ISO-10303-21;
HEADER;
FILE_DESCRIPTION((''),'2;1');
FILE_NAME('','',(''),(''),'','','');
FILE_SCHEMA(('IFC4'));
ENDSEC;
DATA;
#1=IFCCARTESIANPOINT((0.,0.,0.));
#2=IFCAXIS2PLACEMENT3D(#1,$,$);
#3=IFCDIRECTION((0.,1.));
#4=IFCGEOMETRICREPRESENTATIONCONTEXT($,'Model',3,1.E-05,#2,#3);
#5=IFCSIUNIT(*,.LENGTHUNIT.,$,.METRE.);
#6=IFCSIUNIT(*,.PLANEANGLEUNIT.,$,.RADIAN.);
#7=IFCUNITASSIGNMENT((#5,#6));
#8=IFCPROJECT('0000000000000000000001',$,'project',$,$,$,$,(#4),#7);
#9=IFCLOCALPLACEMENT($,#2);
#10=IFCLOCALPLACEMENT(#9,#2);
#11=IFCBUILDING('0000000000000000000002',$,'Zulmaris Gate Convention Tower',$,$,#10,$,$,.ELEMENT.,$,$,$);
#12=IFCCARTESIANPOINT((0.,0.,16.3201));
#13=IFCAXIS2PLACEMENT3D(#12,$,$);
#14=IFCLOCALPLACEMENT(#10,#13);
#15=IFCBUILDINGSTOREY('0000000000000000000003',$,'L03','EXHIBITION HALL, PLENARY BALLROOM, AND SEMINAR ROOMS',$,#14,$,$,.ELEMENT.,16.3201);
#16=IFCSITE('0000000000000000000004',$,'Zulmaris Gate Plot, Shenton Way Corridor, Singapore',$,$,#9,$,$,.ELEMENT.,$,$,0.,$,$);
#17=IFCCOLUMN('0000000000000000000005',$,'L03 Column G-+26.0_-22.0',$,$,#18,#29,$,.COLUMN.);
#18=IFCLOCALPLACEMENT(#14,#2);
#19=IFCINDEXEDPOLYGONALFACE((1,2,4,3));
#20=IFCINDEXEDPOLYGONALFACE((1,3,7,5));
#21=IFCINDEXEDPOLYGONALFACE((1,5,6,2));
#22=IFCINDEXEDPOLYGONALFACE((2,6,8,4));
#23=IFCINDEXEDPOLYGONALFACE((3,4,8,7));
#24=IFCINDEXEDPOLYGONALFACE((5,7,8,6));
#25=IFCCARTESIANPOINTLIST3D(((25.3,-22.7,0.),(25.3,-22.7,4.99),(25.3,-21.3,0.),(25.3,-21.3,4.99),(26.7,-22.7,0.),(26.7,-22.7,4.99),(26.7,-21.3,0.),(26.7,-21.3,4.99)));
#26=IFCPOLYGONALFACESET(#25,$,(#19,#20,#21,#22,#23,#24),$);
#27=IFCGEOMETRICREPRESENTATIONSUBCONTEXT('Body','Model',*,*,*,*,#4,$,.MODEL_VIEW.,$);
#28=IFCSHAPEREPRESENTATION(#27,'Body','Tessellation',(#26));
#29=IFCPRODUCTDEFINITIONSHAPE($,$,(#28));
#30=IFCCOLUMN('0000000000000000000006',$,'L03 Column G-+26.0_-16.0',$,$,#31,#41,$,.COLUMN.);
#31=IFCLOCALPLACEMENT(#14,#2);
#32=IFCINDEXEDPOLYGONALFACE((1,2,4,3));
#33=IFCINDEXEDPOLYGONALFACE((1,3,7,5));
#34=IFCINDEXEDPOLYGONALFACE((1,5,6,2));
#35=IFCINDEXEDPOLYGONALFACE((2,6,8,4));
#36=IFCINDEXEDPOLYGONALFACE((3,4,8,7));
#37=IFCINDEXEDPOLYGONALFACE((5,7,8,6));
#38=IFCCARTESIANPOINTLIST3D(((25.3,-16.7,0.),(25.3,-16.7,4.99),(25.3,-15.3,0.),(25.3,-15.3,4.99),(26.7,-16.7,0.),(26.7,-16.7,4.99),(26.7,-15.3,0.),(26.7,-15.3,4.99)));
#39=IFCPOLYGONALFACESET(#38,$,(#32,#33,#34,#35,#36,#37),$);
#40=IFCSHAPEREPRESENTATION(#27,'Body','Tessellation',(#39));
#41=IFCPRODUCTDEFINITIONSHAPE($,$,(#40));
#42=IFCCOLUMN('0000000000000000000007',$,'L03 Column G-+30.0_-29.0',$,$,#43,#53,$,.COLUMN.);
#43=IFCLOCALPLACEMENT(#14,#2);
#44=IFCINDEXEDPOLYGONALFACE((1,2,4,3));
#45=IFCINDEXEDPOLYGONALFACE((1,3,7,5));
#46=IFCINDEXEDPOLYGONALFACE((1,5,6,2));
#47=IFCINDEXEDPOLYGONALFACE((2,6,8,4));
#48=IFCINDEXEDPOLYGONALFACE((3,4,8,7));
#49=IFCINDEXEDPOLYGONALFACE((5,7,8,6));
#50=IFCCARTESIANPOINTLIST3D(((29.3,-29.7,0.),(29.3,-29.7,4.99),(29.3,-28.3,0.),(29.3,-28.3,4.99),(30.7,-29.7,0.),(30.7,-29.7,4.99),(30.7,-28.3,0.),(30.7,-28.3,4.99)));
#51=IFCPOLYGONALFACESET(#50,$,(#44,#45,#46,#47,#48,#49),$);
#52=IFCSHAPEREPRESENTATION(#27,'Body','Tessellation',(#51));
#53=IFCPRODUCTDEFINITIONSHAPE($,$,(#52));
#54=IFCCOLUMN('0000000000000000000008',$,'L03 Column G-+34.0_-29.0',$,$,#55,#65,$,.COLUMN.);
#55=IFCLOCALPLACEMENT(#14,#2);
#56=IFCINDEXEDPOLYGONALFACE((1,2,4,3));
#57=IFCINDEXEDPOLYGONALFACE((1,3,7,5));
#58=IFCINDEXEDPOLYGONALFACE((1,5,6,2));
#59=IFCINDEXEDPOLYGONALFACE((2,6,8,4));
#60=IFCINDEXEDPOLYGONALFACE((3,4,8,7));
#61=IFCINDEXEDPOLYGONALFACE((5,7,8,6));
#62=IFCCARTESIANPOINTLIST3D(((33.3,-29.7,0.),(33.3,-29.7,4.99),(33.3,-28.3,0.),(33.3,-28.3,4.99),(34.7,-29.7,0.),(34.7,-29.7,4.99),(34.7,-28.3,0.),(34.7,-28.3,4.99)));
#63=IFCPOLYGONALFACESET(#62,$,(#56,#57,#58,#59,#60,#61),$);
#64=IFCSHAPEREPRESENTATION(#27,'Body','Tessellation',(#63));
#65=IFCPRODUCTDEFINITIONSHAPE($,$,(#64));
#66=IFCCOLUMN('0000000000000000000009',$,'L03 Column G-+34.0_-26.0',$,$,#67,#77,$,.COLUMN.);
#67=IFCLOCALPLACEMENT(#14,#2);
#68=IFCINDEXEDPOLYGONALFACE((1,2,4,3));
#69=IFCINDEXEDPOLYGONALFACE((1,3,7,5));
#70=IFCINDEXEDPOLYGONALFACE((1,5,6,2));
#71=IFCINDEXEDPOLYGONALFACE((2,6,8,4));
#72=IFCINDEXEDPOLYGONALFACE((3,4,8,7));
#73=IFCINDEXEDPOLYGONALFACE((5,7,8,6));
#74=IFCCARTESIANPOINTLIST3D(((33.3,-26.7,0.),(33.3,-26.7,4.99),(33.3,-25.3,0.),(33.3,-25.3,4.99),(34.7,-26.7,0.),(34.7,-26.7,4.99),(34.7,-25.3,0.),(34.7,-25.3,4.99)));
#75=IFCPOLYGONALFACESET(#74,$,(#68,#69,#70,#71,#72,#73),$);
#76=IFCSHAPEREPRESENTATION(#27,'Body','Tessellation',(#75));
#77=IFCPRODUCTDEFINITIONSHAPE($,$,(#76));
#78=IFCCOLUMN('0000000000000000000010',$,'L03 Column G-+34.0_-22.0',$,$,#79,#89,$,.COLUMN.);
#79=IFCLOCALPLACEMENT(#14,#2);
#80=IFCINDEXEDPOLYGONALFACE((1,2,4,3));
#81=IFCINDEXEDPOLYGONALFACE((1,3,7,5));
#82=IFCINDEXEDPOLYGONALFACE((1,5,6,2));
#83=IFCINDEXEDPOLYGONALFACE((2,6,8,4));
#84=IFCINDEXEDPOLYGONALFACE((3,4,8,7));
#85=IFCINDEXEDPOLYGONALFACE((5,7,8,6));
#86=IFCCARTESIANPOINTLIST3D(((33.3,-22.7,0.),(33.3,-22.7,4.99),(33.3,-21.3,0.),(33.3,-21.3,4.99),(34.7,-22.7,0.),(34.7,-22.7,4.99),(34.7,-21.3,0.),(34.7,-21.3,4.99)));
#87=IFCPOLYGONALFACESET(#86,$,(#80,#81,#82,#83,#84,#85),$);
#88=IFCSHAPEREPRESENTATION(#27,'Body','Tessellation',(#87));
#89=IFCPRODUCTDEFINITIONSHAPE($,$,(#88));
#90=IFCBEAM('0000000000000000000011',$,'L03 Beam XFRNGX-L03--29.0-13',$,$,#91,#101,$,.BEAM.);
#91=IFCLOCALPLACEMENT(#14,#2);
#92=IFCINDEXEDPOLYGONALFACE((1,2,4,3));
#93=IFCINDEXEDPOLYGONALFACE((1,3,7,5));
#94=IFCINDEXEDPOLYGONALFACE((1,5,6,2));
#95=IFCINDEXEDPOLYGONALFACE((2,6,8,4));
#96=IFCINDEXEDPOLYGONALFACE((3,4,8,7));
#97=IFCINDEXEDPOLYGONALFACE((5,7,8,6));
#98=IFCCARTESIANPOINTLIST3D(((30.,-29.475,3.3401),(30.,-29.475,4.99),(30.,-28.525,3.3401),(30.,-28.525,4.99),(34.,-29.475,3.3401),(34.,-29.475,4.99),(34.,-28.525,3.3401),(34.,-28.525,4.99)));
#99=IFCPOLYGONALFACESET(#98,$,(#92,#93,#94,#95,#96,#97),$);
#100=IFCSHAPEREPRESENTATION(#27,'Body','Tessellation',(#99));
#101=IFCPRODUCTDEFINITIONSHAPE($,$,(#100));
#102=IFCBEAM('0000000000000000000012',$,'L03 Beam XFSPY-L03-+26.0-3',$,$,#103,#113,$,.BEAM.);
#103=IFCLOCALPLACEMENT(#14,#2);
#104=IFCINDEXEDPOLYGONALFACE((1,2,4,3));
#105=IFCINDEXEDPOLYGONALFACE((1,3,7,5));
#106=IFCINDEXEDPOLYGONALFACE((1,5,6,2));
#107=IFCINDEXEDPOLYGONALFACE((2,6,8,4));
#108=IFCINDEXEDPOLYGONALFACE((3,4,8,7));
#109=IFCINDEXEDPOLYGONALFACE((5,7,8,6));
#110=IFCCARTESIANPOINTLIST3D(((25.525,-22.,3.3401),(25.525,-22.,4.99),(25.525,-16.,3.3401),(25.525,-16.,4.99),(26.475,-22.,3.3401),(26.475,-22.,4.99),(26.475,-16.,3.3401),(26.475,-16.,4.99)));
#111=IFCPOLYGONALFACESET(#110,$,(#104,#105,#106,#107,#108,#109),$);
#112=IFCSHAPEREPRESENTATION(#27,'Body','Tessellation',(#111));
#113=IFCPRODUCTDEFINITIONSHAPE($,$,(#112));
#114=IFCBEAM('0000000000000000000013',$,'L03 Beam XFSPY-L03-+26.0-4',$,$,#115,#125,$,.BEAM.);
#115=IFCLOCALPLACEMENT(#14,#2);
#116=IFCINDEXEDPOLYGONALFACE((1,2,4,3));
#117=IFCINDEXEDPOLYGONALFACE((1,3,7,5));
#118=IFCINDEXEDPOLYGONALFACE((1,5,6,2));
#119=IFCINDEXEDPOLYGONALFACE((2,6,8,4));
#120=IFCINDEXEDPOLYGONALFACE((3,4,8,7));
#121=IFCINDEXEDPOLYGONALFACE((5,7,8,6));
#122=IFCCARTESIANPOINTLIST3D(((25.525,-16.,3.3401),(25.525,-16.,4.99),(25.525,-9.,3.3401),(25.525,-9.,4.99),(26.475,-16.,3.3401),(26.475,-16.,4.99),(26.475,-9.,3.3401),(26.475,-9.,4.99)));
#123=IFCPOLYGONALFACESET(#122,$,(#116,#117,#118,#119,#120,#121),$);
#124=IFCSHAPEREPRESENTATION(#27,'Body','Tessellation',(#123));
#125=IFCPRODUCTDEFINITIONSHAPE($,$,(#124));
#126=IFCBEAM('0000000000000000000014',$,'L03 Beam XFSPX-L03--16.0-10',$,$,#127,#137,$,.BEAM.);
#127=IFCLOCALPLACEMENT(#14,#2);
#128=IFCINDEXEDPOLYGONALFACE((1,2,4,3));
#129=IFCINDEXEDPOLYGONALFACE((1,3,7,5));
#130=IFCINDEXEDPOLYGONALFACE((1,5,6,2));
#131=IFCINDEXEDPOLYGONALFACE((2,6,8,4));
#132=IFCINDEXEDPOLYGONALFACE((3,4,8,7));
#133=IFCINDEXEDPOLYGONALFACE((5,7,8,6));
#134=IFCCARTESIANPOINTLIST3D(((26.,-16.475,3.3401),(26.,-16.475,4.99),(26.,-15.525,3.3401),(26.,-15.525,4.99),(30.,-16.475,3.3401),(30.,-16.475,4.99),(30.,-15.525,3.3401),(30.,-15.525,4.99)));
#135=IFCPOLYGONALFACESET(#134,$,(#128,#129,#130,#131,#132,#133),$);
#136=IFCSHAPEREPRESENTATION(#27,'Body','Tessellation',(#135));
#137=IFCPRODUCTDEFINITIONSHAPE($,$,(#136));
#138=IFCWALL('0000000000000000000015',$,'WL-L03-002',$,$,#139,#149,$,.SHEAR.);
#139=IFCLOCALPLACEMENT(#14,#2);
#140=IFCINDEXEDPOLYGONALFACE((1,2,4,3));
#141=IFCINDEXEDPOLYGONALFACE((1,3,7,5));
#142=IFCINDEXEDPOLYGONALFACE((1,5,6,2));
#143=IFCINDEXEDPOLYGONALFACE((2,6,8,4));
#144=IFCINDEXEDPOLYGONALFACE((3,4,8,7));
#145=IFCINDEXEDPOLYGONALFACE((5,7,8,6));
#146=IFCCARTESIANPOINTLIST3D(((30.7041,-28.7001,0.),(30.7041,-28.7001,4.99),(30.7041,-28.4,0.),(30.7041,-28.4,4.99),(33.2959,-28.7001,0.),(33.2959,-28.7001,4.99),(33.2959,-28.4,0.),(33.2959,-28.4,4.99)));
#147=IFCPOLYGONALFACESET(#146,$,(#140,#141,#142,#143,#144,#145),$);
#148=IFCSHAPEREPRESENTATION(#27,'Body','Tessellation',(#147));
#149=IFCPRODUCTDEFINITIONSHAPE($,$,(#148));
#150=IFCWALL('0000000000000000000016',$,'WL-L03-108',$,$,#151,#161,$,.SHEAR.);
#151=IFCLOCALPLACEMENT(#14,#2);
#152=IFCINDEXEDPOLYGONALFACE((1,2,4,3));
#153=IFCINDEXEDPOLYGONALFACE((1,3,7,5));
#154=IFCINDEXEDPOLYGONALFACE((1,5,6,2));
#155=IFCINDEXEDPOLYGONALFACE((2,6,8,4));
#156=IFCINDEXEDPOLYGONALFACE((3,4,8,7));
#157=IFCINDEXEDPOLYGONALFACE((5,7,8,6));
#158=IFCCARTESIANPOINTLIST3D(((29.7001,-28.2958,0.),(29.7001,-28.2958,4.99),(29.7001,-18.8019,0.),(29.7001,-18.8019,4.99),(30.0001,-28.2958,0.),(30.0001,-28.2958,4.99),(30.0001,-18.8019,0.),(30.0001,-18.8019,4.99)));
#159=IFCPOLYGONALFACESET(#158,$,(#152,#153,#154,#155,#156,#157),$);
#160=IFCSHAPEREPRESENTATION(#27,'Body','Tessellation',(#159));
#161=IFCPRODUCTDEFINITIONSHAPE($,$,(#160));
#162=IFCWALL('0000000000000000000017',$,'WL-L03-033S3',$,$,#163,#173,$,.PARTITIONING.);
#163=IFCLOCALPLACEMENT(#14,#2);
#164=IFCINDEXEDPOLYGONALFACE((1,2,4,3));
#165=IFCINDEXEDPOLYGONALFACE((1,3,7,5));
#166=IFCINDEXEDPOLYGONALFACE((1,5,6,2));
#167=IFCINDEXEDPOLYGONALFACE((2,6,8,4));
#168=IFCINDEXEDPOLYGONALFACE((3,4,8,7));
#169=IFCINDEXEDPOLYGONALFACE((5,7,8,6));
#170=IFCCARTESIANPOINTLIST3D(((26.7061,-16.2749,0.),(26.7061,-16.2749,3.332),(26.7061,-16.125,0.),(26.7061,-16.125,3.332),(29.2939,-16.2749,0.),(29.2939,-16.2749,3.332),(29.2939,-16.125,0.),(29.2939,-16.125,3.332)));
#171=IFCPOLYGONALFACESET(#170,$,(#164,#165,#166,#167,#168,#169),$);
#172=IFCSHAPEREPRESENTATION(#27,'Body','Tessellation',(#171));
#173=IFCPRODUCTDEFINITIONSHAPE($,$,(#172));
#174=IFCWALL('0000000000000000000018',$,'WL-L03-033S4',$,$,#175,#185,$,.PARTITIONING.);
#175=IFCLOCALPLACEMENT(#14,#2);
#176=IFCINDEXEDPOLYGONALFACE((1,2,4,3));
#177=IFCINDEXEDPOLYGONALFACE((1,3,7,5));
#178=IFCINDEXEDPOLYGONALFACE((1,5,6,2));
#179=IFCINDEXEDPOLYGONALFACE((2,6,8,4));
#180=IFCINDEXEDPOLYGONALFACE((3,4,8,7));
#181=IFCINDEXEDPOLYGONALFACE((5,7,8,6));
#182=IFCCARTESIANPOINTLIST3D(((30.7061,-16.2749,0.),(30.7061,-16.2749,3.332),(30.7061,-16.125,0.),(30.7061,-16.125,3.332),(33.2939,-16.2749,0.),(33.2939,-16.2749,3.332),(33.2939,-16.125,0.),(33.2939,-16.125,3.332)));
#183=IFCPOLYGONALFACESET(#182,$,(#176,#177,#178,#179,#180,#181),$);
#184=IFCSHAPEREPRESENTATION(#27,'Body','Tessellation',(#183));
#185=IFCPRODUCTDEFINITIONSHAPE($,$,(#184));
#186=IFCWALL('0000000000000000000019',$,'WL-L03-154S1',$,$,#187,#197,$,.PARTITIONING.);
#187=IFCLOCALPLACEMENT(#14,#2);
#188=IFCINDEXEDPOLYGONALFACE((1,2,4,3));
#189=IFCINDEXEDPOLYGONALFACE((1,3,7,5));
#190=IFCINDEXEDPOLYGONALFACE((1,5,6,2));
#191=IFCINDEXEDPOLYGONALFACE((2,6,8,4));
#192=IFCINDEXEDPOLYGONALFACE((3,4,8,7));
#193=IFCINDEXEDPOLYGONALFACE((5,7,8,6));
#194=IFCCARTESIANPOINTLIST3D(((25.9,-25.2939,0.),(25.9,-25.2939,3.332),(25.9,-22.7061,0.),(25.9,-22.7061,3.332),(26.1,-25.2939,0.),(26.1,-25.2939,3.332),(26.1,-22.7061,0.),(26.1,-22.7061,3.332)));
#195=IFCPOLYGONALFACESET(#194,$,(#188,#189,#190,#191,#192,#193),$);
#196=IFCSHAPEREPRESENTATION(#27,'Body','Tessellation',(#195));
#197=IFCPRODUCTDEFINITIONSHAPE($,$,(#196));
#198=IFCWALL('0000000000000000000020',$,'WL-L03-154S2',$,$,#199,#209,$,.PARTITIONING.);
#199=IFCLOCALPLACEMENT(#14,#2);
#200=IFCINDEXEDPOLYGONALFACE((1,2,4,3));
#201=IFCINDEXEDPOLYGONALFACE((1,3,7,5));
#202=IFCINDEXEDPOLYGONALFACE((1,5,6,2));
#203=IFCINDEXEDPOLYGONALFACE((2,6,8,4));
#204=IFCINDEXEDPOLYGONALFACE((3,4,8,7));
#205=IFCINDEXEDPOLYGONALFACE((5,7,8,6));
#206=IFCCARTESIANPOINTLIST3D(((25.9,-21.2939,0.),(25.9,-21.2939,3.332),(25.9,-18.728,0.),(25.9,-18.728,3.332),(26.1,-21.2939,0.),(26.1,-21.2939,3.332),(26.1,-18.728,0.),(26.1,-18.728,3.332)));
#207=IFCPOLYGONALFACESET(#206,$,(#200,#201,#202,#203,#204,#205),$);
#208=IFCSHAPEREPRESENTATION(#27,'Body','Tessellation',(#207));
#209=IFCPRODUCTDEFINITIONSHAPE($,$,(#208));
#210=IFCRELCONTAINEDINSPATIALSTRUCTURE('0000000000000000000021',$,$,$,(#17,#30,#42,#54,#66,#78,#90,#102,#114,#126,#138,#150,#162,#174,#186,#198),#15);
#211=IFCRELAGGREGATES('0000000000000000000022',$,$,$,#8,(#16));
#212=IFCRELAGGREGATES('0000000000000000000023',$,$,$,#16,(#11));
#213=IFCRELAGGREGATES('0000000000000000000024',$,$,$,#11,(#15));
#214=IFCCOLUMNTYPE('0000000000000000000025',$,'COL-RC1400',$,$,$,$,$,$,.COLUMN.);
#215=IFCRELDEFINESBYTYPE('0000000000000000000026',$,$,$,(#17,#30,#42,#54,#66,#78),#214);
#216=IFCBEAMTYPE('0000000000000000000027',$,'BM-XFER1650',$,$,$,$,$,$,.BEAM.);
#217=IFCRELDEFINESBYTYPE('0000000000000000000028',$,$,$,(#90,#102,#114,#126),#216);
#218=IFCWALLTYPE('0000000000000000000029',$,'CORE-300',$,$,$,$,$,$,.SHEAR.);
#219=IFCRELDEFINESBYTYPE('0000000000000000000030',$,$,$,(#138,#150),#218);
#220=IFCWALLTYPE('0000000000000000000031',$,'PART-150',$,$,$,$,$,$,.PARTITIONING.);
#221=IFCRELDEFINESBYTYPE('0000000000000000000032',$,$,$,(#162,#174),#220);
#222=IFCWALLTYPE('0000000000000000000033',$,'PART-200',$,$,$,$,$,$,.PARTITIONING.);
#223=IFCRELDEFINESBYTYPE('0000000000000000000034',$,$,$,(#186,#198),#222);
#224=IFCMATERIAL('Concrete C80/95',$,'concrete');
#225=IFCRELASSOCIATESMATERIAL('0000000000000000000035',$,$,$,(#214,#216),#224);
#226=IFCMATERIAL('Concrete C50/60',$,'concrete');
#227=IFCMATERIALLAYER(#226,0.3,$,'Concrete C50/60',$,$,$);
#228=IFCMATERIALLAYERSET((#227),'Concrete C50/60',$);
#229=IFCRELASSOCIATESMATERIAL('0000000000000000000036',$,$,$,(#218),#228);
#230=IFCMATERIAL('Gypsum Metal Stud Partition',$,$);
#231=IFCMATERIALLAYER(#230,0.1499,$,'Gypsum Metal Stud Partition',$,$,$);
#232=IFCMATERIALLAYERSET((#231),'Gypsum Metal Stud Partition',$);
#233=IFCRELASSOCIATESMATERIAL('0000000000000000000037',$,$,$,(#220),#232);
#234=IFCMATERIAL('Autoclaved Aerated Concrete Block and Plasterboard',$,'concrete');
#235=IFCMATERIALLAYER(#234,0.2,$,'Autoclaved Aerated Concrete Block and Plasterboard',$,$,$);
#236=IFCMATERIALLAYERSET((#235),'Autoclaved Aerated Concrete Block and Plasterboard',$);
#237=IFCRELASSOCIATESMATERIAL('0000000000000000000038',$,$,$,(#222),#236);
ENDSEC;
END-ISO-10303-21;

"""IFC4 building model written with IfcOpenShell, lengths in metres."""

from ifc_helpers import new_model, si_unit, direction, frame, frame_2d, origin, origin_2d, place, context, subcontext, project, spatial, rectangle, extrude, material, layer, layer_set, material_profile, profile_set, type_object, element, save


model = new_model("IFC4")

# Units and contexts
model_context = context("Model", 3, precision=1e-05, world=origin(), true_north=direction((0.0, 1.0)))
body_context = subcontext(model_context, "Body", "Model", "MODEL_VIEW")
ifc_project = project(units=[si_unit("LENGTHUNIT", "METRE"), si_unit("PLANEANGLEUNIT", "RADIAN")], contexts=[model_context])

# Site, building, storey
site_placement = place(None, origin())
site = spatial("IfcSite", under=ifc_project, at=site_placement, Name="Zulmaris Gate Plot, Shenton Way Corridor, Singapore", CompositionType="ELEMENT", RefElevation=0.0)
building_placement = place(site_placement, origin())
building = spatial("IfcBuilding", under=site, at=building_placement, Name="Zulmaris Gate Convention Tower", CompositionType="ELEMENT")
storey_placement = place(building_placement, frame((0.0, 0.0, 16.3201)))
storey = spatial("IfcBuildingStorey", under=building, at=storey_placement, Name="L03", Description="EXHIBITION HALL, PLENARY BALLROOM, AND SEMINAR ROOMS", CompositionType="ELEMENT", Elevation=16.3201)

# Columns
ifc_material_1 = material(Name="Concrete C80/95", Category="concrete")
ifc_material_profile_1 = material_profile(ifc_material_1, rectangle(XDim=1.3999, YDim=1.3999, at=origin_2d()), Name="RC COL 1400x1400")
ifc_profile_set_1 = profile_set([ifc_material_profile_1], Name="Concrete C80/95")
column_type = type_object("IfcColumnType", Name="COL-RC1400", PredefinedType="COLUMN", material=ifc_profile_set_1)
for number, where, z_axis, x_axis, name in (
    (1, (26.0, -22.0, 0.0), (0.0, 0.0, 1.0), (1.0, 0.0, 0.0), "L03 Column G-+26.0_-22.0"),
    (2, (26.0, -16.0, 0.0), (0.0, 0.0, 1.0), (1.0, 0.0, 0.0), "L03 Column G-+26.0_-16.0"),
    (3, (30.0, -29.0, 0.0), (0.0, 0.0, 1.0), (1.0, 0.0, 0.0), "L03 Column G-+30.0_-29.0"),
    (4, (34.0, -29.0, 0.0), (0.0, 0.0, 1.0), (1.0, 0.0, 0.0), "L03 Column G-+34.0_-29.0"),
    (5, (34.0, -26.0, 0.0), (0.0, 0.0, 1.0), (1.0, 0.0, 0.0), "L03 Column G-+34.0_-26.0"),
    (6, (34.0, -22.0, 0.0), (0.0, 0.0, 1.0), (1.0, 0.0, 0.0), "L03 Column G-+34.0_-22.0"),
):
    element("IfcColumn", number, at=place(storey_placement, frame(where, z_axis=z_axis, x_axis=x_axis)), inside=storey, type_object=column_type, Name=name, PredefinedType="COLUMN", context=body_context, shape_type="SweptSolid", body=[
        extrude(rectangle(XDim=1.3999, YDim=1.3999, at=origin_2d()), origin(), (0.0, 0.0, 1.0), 4.99),
    ])

# Beams
ifc_material_profile_2 = material_profile(ifc_material_1, rectangle(XDim=0.95, YDim=1.6499, at=origin_2d()), Name="RC TRANSFER 950x1650")
ifc_profile_set_2 = profile_set([ifc_material_profile_2], Name="Concrete C80/95")
beam_type = type_object("IfcBeamType", Name="BM-XFER1650", PredefinedType="BEAM", material=ifc_profile_set_2)
beam_1_placement = place(storey_placement, frame((30.0, -29.0, 4.165), z_axis=(1.0, 0.0, 0.0), x_axis=(0.0, 1.0, 0.0)))
element("IfcBeam", 7, at=beam_1_placement, inside=storey, type_object=beam_type, Name="L03 Beam XFRNGX-L03--29.0-13", PredefinedType="BEAM", context=body_context, shape_type="SweptSolid", body=[
    extrude(rectangle(XDim=0.95, YDim=1.6499, at=origin_2d()), origin(), (0.0, 0.0, 1.0), 4.0),
])
beam_2_placement = place(storey_placement, frame((26.0, -22.0, 4.165), z_axis=(0.0, 1.0, 0.0), x_axis=(-1.0, 0.0, 0.0)))
element("IfcBeam", 8, at=beam_2_placement, inside=storey, type_object=beam_type, Name="L03 Beam XFSPY-L03-+26.0-3", PredefinedType="BEAM", context=body_context, shape_type="SweptSolid", body=[
    extrude(rectangle(XDim=0.95, YDim=1.6499, at=origin_2d()), origin(), (0.0, 0.0, 1.0), 6.0),
])
beam_3_placement = place(storey_placement, frame((26.0, -16.0, 4.165), z_axis=(0.0, 1.0, 0.0), x_axis=(-1.0, 0.0, 0.0)))
element("IfcBeam", 9, at=beam_3_placement, inside=storey, type_object=beam_type, Name="L03 Beam XFSPY-L03-+26.0-4", PredefinedType="BEAM", context=body_context, shape_type="SweptSolid", body=[
    extrude(rectangle(XDim=0.95, YDim=1.6499, at=origin_2d()), origin(), (0.0, 0.0, 1.0), 7.0),
])
beam_4_placement = place(storey_placement, frame((26.0, -16.0, 4.165), z_axis=(1.0, 0.0, 0.0), x_axis=(0.0, 1.0, 0.0)))
element("IfcBeam", 10, at=beam_4_placement, inside=storey, type_object=beam_type, Name="L03 Beam XFSPX-L03--16.0-10", PredefinedType="BEAM", context=body_context, shape_type="SweptSolid", body=[
    extrude(rectangle(XDim=0.95, YDim=1.6499, at=origin_2d()), origin(), (0.0, 0.0, 1.0), 4.0),
])

# Wall
ifc_material_2 = material(Name="Concrete C50/60", Category="concrete")
ifc_layer_1 = layer(ifc_material_2, 0.3, Name="Concrete C50/60")
ifc_layer_set_1 = layer_set([ifc_layer_1], Name="Concrete C50/60")
wall_type_1 = type_object("IfcWallType", Name="CORE-300", PredefinedType="SHEAR", material=ifc_layer_set_1)
wall_1_placement = place(storey_placement, frame((30.7041, -28.55, 0.0), z_axis=(0.0, 0.0, 1.0), x_axis=(1.0, 0.0, 0.0)))
element("IfcWall", 11, at=wall_1_placement, inside=storey, type_object=wall_type_1, Name="WL-L03-002", PredefinedType="SHEAR", context=body_context, shape_type="SweptSolid", body=[
    extrude(rectangle(XDim=2.5918, YDim=0.3, at=frame_2d((1.2959, 0.0))), origin(), (0.0, 0.0, 1.0), 4.99),
])

# Walls
wall_2_placement = place(storey_placement, frame((29.8501, -28.2959, 0.0), z_axis=(0.0, 0.0, 1.0), x_axis=(0.0, 1.0, 0.0)))
element("IfcWall", 12, at=wall_2_placement, inside=storey, type_object=wall_type_1, Name="WL-L03-108", PredefinedType="SHEAR", context=body_context, shape_type="SweptSolid", body=[
    extrude(rectangle(XDim=9.4939, YDim=0.3, at=frame_2d((4.7471, 0.0))), origin(), (0.0, 0.0, 1.0), 4.99),
])
ifc_material_3 = material(Name="Gypsum Metal Stud Partition")
ifc_layer_2 = layer(ifc_material_3, 0.1499, Name="Gypsum Metal Stud Partition")
ifc_layer_set_2 = layer_set([ifc_layer_2], Name="Gypsum Metal Stud Partition")
wall_type_2 = type_object("IfcWallType", Name="PART-150", PredefinedType="PARTITIONING", material=ifc_layer_set_2)
for number, where, z_axis, x_axis, name in (
    (13, (26.7061, -16.2, 0.0), (0.0, 0.0, 1.0), (1.0, 0.0, 0.0), "WL-L03-033S3"),
    (14, (30.7061, -16.2, 0.0), (0.0, 0.0, 1.0), (1.0, 0.0, 0.0), "WL-L03-033S4"),
):
    element("IfcWall", number, at=place(storey_placement, frame(where, z_axis=z_axis, x_axis=x_axis)), inside=storey, type_object=wall_type_2, Name=name, PredefinedType="PARTITIONING", context=body_context, shape_type="SweptSolid", body=[
        extrude(rectangle(XDim=2.5879, YDim=0.1499, at=frame_2d((1.2939, 0.0))), origin(), (0.0, 0.0, 1.0), 3.332),
    ])
ifc_material_4 = material(Name="Autoclaved Aerated Concrete Block and Plasterboard", Category="concrete")
ifc_layer_3 = layer(ifc_material_4, 0.2, Name="Autoclaved Aerated Concrete Block and Plasterboard")
ifc_layer_set_3 = layer_set([ifc_layer_3], Name="Autoclaved Aerated Concrete Block and Plasterboard")
wall_type_3 = type_object("IfcWallType", Name="PART-200", PredefinedType="PARTITIONING", material=ifc_layer_set_3)
wall_3_placement = place(storey_placement, frame((26.0, -25.2939, 0.0), z_axis=(0.0, 0.0, 1.0), x_axis=(0.0, 1.0, 0.0)))
element("IfcWall", 15, at=wall_3_placement, inside=storey, type_object=wall_type_3, Name="WL-L03-154S1", PredefinedType="PARTITIONING", context=body_context, shape_type="SweptSolid", body=[
    extrude(rectangle(XDim=2.5879, YDim=0.2, at=frame_2d((1.2939, 0.0))), origin(), (0.0, 0.0, 1.0), 3.332),
])
wall_4_placement = place(storey_placement, frame((26.0, -21.2939, 0.0), z_axis=(0.0, 0.0, 1.0), x_axis=(0.0, 1.0, 0.0)))
element("IfcWall", 16, at=wall_4_placement, inside=storey, type_object=wall_type_3, Name="WL-L03-154S2", PredefinedType="PARTITIONING", context=body_context, shape_type="SweptSolid", body=[
    extrude(rectangle(XDim=2.5659, YDim=0.2, at=frame_2d((1.283, 0.0))), origin(), (0.0, 0.0, 1.0), 3.332),
])

save(model, "model.ifc")
